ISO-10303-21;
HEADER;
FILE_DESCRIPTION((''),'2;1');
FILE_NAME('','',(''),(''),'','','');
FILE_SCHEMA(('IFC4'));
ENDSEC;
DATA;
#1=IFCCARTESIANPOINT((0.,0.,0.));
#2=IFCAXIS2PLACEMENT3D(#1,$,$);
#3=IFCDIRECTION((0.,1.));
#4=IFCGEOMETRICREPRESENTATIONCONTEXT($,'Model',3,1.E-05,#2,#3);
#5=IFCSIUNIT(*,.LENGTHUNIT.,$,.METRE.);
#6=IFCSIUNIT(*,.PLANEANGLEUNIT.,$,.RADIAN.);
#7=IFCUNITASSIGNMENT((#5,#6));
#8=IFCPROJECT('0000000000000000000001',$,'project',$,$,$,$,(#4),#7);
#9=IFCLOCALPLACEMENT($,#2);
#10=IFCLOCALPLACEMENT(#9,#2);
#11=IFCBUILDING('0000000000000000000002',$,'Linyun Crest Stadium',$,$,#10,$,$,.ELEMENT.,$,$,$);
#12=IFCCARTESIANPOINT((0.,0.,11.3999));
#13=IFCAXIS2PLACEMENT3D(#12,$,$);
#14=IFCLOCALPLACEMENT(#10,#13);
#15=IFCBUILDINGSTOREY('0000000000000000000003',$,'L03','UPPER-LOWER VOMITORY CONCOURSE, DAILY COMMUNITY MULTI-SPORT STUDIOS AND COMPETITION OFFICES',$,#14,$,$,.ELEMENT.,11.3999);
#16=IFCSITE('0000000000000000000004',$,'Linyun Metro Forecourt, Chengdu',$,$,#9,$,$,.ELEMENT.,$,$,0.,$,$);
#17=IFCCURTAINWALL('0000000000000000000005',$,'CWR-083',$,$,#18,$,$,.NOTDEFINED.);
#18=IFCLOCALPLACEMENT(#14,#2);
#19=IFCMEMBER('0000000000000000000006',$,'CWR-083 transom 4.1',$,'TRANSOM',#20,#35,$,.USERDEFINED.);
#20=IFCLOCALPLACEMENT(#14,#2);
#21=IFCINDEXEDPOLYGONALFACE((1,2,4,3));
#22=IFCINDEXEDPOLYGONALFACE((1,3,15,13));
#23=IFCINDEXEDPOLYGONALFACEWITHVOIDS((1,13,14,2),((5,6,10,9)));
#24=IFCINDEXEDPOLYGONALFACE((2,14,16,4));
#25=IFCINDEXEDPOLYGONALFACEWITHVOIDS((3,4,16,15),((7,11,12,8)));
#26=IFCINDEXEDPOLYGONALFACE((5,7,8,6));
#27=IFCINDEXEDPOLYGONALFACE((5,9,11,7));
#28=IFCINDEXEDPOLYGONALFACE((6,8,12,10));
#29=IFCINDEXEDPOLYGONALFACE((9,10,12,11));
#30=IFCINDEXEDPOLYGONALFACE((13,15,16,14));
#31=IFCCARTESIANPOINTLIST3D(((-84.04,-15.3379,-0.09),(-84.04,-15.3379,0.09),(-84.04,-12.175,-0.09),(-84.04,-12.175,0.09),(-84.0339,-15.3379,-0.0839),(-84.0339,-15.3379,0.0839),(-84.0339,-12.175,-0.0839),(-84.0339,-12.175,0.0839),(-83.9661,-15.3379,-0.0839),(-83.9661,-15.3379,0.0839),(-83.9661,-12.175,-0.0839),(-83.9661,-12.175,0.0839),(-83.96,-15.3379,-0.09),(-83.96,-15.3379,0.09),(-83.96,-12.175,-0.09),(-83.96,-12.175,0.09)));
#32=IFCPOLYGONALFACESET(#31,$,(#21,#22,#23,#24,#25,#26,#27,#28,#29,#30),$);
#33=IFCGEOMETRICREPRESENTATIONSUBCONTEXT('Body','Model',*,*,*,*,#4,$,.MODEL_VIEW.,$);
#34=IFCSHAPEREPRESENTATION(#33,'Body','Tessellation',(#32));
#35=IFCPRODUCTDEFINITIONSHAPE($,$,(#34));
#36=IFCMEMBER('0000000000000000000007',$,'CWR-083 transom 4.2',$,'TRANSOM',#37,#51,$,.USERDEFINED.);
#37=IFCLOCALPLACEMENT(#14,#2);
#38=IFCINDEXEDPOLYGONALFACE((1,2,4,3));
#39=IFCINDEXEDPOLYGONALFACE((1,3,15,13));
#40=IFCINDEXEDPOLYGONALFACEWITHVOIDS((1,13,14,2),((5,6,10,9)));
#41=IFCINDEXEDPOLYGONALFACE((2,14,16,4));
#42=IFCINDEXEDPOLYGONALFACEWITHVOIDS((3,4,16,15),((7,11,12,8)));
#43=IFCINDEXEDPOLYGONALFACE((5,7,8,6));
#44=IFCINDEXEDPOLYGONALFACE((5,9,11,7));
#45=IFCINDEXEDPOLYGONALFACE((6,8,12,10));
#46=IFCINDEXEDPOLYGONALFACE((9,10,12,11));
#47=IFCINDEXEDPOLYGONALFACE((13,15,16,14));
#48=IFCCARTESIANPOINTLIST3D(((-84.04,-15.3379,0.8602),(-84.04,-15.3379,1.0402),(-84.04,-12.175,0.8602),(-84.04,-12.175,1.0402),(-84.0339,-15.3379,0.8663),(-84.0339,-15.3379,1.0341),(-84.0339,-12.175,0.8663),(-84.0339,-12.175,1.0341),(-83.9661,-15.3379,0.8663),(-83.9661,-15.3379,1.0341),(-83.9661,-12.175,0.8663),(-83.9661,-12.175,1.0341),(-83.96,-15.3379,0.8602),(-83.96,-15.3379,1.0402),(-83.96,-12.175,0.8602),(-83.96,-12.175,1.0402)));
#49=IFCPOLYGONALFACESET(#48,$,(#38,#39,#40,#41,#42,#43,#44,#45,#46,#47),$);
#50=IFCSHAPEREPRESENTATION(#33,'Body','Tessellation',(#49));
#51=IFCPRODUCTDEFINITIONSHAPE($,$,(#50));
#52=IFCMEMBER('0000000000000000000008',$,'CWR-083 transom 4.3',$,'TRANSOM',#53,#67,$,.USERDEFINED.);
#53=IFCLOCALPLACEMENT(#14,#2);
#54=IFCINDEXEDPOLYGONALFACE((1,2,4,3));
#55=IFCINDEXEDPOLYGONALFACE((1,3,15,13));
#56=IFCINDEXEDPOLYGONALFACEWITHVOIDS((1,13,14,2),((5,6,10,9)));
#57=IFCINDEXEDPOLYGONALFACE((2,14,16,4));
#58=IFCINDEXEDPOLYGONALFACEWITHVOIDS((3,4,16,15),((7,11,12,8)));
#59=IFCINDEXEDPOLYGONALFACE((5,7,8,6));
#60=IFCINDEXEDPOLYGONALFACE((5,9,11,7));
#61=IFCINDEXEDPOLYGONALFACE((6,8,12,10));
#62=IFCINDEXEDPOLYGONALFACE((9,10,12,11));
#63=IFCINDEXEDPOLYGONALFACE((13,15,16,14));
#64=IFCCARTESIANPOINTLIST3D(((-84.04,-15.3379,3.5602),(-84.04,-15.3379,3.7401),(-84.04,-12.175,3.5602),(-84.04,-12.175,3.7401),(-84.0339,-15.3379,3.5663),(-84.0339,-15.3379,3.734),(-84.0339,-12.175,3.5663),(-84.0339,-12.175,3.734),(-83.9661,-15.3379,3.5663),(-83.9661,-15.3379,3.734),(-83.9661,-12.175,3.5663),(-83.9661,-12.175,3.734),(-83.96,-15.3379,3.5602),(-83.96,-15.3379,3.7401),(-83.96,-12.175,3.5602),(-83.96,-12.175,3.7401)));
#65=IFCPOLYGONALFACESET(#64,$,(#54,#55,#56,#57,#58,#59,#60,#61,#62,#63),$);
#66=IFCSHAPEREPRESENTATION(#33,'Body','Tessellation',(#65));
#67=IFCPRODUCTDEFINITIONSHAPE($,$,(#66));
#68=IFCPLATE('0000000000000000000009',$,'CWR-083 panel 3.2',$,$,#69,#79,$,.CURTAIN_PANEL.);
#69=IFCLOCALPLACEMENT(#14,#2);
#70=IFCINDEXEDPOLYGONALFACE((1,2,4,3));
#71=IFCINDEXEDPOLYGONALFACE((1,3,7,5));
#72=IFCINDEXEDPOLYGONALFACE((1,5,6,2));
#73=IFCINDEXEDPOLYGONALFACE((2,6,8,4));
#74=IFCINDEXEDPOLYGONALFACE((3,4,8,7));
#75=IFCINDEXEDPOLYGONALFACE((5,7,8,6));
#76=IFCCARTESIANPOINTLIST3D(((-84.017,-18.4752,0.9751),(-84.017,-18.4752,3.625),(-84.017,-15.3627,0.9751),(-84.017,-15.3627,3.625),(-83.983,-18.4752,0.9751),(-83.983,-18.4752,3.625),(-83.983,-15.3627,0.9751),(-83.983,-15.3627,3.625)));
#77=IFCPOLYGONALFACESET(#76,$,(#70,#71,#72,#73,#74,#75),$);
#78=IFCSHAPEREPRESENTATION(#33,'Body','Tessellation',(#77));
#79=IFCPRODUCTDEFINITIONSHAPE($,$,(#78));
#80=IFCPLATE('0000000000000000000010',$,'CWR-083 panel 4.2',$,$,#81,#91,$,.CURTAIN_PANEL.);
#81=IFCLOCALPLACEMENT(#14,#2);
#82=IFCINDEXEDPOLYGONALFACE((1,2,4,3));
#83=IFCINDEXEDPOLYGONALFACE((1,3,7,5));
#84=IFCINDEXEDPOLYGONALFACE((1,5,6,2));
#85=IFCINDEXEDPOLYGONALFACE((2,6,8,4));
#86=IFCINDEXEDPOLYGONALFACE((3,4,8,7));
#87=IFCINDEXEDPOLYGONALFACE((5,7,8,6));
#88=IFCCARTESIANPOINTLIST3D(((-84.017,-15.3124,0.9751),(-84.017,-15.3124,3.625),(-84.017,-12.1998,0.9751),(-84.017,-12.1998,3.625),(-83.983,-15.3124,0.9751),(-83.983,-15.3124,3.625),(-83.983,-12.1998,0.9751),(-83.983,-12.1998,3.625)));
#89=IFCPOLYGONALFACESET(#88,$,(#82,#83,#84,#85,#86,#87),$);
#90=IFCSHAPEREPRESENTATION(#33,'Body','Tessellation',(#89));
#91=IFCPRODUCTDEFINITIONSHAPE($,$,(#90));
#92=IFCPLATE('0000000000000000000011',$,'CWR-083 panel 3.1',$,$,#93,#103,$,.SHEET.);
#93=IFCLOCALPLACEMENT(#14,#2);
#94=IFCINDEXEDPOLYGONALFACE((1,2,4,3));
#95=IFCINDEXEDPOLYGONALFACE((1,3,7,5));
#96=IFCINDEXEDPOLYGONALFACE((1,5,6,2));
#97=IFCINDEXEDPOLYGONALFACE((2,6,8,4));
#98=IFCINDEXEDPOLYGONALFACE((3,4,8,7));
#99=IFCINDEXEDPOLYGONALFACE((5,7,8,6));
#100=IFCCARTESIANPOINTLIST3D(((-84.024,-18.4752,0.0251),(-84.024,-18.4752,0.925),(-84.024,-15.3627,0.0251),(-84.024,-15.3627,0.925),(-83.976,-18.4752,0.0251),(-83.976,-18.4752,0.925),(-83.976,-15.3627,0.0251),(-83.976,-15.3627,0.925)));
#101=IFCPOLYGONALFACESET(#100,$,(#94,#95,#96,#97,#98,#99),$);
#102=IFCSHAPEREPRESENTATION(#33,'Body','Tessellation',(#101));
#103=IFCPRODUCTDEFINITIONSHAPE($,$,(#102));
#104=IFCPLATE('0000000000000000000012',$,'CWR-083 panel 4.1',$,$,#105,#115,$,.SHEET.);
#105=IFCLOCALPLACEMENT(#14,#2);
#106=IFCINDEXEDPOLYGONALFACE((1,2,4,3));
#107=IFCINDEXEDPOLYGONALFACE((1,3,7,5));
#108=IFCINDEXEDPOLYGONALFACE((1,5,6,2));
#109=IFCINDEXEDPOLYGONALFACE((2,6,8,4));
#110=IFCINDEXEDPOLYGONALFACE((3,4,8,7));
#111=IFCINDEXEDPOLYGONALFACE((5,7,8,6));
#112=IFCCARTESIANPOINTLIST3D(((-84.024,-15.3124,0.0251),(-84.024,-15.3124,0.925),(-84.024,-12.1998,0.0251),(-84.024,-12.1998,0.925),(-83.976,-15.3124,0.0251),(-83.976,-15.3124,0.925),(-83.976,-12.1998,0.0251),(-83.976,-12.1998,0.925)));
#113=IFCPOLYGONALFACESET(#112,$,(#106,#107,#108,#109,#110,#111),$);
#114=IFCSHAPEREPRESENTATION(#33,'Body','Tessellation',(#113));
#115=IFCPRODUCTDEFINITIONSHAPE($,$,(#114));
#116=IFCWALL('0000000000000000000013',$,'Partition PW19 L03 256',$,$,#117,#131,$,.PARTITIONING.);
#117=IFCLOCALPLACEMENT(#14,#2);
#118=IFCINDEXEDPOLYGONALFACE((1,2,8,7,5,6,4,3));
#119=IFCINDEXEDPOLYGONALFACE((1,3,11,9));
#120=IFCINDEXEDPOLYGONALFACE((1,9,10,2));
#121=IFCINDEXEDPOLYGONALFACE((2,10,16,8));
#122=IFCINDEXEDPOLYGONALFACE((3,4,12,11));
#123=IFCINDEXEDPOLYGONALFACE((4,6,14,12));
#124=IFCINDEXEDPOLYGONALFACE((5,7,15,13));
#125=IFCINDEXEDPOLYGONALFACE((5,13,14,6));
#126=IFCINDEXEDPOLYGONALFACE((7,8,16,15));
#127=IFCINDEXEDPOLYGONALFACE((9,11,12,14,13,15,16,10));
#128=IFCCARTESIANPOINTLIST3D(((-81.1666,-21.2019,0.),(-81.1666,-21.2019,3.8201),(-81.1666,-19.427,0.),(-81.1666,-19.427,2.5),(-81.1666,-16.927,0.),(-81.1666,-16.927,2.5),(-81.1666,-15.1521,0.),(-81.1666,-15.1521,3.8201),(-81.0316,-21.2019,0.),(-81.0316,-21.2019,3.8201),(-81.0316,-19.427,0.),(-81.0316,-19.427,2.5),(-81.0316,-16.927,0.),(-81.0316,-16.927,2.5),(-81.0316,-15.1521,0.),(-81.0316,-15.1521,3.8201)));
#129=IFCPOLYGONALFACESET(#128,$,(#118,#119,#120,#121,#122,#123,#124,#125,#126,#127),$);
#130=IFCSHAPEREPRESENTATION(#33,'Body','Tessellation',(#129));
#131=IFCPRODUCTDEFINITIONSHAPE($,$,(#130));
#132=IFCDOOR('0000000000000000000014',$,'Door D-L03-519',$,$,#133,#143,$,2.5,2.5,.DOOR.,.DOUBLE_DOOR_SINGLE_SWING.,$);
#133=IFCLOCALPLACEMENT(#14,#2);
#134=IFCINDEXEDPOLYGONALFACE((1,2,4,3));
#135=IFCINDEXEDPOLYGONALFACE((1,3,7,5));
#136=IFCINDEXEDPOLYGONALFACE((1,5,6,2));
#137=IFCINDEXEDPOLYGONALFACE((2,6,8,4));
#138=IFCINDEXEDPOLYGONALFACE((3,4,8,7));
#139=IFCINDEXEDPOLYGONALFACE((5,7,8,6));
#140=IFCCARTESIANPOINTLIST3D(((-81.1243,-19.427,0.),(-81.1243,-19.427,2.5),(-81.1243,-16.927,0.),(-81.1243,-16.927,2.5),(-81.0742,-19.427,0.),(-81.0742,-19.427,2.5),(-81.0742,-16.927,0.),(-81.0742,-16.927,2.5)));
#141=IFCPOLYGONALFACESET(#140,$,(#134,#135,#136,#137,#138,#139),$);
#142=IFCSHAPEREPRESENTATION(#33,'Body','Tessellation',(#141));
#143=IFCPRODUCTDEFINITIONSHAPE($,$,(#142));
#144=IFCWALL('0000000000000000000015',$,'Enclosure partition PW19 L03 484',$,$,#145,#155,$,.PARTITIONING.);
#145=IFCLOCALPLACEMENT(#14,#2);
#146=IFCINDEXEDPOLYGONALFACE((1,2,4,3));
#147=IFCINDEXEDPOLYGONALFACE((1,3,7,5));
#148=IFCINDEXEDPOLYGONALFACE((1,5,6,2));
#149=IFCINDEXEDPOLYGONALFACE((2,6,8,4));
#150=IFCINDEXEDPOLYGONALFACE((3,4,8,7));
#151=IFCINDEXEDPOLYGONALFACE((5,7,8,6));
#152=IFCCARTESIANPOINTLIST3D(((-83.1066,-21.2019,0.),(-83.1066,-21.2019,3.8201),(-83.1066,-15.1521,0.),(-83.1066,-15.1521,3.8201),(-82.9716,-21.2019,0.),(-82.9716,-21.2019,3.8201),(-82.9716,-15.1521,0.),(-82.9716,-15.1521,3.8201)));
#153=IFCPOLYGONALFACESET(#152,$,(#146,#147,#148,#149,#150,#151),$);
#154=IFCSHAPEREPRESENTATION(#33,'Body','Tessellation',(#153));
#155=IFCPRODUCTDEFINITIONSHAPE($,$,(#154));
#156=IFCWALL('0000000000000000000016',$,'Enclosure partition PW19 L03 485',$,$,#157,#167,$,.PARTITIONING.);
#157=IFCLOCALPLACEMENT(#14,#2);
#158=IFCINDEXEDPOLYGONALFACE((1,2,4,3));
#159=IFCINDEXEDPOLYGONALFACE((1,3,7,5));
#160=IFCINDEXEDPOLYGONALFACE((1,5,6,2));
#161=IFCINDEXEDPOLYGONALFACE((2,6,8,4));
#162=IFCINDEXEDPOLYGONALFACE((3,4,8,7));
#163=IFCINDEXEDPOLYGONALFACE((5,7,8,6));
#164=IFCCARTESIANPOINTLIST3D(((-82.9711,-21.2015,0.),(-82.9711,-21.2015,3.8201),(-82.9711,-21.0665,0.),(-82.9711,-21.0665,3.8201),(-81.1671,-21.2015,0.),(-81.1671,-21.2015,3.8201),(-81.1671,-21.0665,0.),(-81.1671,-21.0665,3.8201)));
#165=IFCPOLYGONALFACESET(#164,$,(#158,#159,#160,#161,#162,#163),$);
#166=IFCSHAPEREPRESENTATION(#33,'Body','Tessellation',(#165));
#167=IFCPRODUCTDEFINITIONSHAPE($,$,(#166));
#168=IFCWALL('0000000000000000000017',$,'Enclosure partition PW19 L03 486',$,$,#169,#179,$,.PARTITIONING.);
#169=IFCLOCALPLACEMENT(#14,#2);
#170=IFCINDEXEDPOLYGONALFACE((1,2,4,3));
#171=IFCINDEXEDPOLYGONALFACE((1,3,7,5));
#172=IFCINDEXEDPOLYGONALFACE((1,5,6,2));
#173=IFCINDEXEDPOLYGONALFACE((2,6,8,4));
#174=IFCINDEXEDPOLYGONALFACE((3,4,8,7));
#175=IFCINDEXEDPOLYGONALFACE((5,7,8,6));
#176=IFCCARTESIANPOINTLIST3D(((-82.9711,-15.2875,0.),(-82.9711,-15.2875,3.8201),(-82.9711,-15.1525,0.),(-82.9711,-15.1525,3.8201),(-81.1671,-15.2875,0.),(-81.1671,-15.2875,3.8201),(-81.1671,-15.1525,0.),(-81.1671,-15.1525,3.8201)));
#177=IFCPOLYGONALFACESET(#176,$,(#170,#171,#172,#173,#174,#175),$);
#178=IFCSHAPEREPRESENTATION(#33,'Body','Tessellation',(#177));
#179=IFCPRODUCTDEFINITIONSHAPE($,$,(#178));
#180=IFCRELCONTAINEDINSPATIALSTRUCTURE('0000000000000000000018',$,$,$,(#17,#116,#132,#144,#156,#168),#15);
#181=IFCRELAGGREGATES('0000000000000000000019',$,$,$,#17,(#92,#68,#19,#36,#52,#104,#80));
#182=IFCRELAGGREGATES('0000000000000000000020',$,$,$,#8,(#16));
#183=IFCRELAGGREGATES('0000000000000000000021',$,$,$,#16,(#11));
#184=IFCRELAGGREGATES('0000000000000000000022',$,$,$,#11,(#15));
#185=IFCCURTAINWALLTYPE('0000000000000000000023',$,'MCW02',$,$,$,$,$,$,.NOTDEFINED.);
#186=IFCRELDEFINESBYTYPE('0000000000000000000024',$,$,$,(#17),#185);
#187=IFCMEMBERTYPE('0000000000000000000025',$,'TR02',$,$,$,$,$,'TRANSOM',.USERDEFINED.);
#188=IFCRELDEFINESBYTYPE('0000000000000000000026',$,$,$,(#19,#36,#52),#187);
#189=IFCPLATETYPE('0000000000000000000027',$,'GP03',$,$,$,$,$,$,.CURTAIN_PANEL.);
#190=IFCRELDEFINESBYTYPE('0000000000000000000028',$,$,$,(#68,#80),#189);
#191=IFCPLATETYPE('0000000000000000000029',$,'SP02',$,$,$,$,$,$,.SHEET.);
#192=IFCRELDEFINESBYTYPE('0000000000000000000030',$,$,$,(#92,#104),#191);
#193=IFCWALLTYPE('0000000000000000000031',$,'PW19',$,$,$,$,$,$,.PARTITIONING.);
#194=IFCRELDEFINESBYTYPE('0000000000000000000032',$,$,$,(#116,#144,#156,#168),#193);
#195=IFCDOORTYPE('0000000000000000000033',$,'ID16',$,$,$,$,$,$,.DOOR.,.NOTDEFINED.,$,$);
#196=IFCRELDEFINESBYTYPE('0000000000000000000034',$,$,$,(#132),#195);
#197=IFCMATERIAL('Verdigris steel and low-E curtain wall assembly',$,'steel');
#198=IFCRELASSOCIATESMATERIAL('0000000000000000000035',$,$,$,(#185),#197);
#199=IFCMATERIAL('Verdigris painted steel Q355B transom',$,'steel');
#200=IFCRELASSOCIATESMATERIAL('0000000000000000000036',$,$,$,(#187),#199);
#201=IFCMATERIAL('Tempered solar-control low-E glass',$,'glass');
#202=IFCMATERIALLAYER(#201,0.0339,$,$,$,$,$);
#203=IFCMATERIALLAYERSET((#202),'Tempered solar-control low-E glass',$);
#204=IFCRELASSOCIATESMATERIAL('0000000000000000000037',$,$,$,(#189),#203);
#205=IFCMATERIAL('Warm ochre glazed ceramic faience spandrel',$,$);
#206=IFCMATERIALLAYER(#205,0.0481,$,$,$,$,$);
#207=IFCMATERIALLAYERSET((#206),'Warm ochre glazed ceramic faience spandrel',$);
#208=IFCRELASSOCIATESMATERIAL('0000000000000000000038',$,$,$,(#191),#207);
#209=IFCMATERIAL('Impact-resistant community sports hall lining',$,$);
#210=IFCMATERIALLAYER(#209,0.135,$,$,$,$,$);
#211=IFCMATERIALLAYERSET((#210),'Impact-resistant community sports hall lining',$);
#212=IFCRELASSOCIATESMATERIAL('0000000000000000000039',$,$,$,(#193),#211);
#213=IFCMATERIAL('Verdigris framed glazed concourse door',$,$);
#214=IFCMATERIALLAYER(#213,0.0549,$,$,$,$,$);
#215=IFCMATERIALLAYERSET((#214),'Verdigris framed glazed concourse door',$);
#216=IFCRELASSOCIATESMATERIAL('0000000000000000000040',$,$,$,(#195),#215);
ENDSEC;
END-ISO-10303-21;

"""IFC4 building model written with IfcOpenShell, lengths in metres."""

from ifc_helpers import new_model, si_unit, direction, frame, frame_2d, origin, origin_2d, place, context, subcontext, project, spatial, rectangle, hollow_rectangle, extrude, material, layer, layer_set, material_profile, profile_set, type_object, element, fill, aggregate, save


model = new_model("IFC4")

# Units and contexts
model_context = context("Model", 3, precision=1e-05, world=origin(), true_north=direction((0.0, 1.0)))
body_context = subcontext(model_context, "Body", "Model", "MODEL_VIEW")
ifc_project = project(units=[si_unit("LENGTHUNIT", "METRE"), si_unit("PLANEANGLEUNIT", "RADIAN")], contexts=[model_context])

# Site, building, storey
site_placement = place(None, origin())
site = spatial("IfcSite", under=ifc_project, at=site_placement, Name="Linyun Metro Forecourt, Chengdu", CompositionType="ELEMENT", RefElevation=0.0)
building_placement = place(site_placement, origin())
building = spatial("IfcBuilding", under=site, at=building_placement, Name="Linyun Crest Stadium", CompositionType="ELEMENT")
storey_placement = place(building_placement, frame((0.0, 0.0, 11.3999)))
storey = spatial("IfcBuildingStorey", under=building, at=storey_placement, Name="L03", Description="UPPER-LOWER VOMITORY CONCOURSE, DAILY COMMUNITY MULTI-SPORT STUDIOS AND COMPETITION OFFICES", CompositionType="ELEMENT", Elevation=11.3999)

# Curtain wall, members, plates
ifc_material_1 = material(Name="Verdigris steel and low-E curtain wall assembly", Category="steel")
curtain_wall_type = type_object("IfcCurtainWallType", Name="MCW02", PredefinedType="NOTDEFINED", material=ifc_material_1)
curtain_wall_placement = place(storey_placement, origin())
curtain_wall = element("IfcCurtainWall", 1, at=curtain_wall_placement, inside=storey, type_object=curtain_wall_type, Name="CWR-083", PredefinedType="NOTDEFINED")
ifc_material_2 = material(Name="Verdigris painted steel Q355B transom", Category="steel")
ifc_material_profile_1 = material_profile(ifc_material_2, hollow_rectangle(XDim=0.0801, YDim=0.1799, WallThickness=0.0061, at=origin_2d()), Name="RHS 180x80x6")
ifc_profile_set_1 = profile_set([ifc_material_profile_1], Name="Verdigris painted steel Q355B transom")
member_type_1 = type_object("IfcMemberType", Name="TR02", ElementType="TRANSOM", PredefinedType="USERDEFINED", material=ifc_profile_set_1)
member_1_placement = place(storey_placement, frame((-84.0, -15.3379, 0.0), z_axis=(0.0, 1.0, 0.0), x_axis=(-1.0, 0.0, 0.0)))
member_1 = element("IfcMember", 2, at=member_1_placement, type_object=member_type_1, Name="CWR-083 transom 4.1", ObjectType="TRANSOM", PredefinedType="USERDEFINED", context=body_context, shape_type="SweptSolid", body=[
    extrude(hollow_rectangle(XDim=0.0801, YDim=0.1799, WallThickness=0.0061, at=origin_2d()), origin(), (0.0, 0.0, 1.0), 3.1628),
])
member_2_placement = place(storey_placement, frame((-84.0, -15.3379, 0.9502), z_axis=(0.0, 1.0, 0.0), x_axis=(-1.0, 0.0, 0.0)))
member_2 = element("IfcMember", 3, at=member_2_placement, type_object=member_type_1, Name="CWR-083 transom 4.2", ObjectType="TRANSOM", PredefinedType="USERDEFINED", context=body_context, shape_type="SweptSolid", body=[
    extrude(hollow_rectangle(XDim=0.0801, YDim=0.1799, WallThickness=0.0061, at=origin_2d()), origin(), (0.0, 0.0, 1.0), 3.1628),
])
member_3_placement = place(storey_placement, frame((-84.0, -15.3379, 3.6501), z_axis=(0.0, 1.0, 0.0), x_axis=(-1.0, 0.0, 0.0)))
member_3 = element("IfcMember", 4, at=member_3_placement, type_object=member_type_1, Name="CWR-083 transom 4.3", ObjectType="TRANSOM", PredefinedType="USERDEFINED", context=body_context, shape_type="SweptSolid", body=[
    extrude(hollow_rectangle(XDim=0.0801, YDim=0.1799, WallThickness=0.0061, at=origin_2d()), origin(), (0.0, 0.0, 1.0), 3.1628),
])
ifc_material_3 = material(Name="Tempered solar-control low-E glass", Category="glass")
ifc_layer_1 = layer(ifc_material_3, 0.0339)
ifc_layer_set_1 = layer_set([ifc_layer_1], Name="Tempered solar-control low-E glass")
plate_type_1 = type_object("IfcPlateType", Name="GP03", PredefinedType="CURTAIN_PANEL", material=ifc_layer_set_1)
plate_1_placement = place(storey_placement, frame((-84.0, -16.9189, 0.9751), z_axis=(0.0, 0.0, 1.0), x_axis=(0.0, 1.0, 0.0)))
plate_1 = element("IfcPlate", 5, at=plate_1_placement, type_object=plate_type_1, Name="CWR-083 panel 3.2", PredefinedType="CURTAIN_PANEL", context=body_context, shape_type="SweptSolid", body=[
    extrude(rectangle(XDim=3.1125, YDim=0.0339, at=origin_2d()), origin(), (0.0, 0.0, 1.0), 2.6499),
])
plate_2_placement = place(storey_placement, frame((-84.0, -13.7561, 0.9751), z_axis=(0.0, 0.0, 1.0), x_axis=(0.0, 1.0, 0.0)))
plate_2 = element("IfcPlate", 6, at=plate_2_placement, type_object=plate_type_1, Name="CWR-083 panel 4.2", PredefinedType="CURTAIN_PANEL", context=body_context, shape_type="SweptSolid", body=[
    extrude(rectangle(XDim=3.1125, YDim=0.0339, at=origin_2d()), origin(), (0.0, 0.0, 1.0), 2.6499),
])
ifc_material_4 = material(Name="Warm ochre glazed ceramic faience spandrel")
ifc_layer_2 = layer(ifc_material_4, 0.0481)
ifc_layer_set_2 = layer_set([ifc_layer_2], Name="Warm ochre glazed ceramic faience spandrel")
plate_type_2 = type_object("IfcPlateType", Name="SP02", PredefinedType="SHEET", material=ifc_layer_set_2)
plate_3_placement = place(storey_placement, frame((-84.0, -16.9189, 0.0251), z_axis=(0.0, 0.0, 1.0), x_axis=(0.0, 1.0, 0.0)))
plate_3 = element("IfcPlate", 7, at=plate_3_placement, type_object=plate_type_2, Name="CWR-083 panel 3.1", PredefinedType="SHEET", context=body_context, shape_type="SweptSolid", body=[
    extrude(rectangle(XDim=3.1125, YDim=0.0481, at=origin_2d()), origin(), (0.0, 0.0, 1.0), 0.8999),
])
plate_4_placement = place(storey_placement, frame((-84.0, -13.7561, 0.0251), z_axis=(0.0, 0.0, 1.0), x_axis=(0.0, 1.0, 0.0)))
plate_4 = element("IfcPlate", 8, at=plate_4_placement, type_object=plate_type_2, Name="CWR-083 panel 4.1", PredefinedType="SHEET", context=body_context, shape_type="SweptSolid", body=[
    extrude(rectangle(XDim=3.1125, YDim=0.0481, at=origin_2d()), origin(), (0.0, 0.0, 1.0), 0.8999),
])
aggregate(curtain_wall, [plate_3, plate_1, member_1, member_2, member_3, plate_4, plate_2])

# Wall, opening, door
ifc_material_5 = material(Name="Impact-resistant community sports hall lining")
ifc_layer_3 = layer(ifc_material_5, 0.135)
ifc_layer_set_3 = layer_set([ifc_layer_3], Name="Impact-resistant community sports hall lining")
wall_type_1 = type_object("IfcWallType", Name="PW19", PredefinedType="PARTITIONING", material=ifc_layer_set_3)
wall_1_placement = place(storey_placement, frame((-81.0991, -15.1521, 0.0), z_axis=(0.0, 0.0, 1.0), x_axis=(0.0, -1.0, 0.0)))
wall_1 = element("IfcWall", 9, at=wall_1_placement, inside=storey, type_object=wall_type_1, Name="Partition PW19 L03 256", PredefinedType="PARTITIONING", context=body_context, shape_type="SweptSolid", body=[
    extrude(rectangle(XDim=6.0498, YDim=0.135, at=frame_2d((3.0249, 0.0))), origin(), (0.0, 0.0, 1.0), 3.8201),
])
opening_placement = place(wall_1_placement, frame((1.7749, 0.0, 0.0)))
opening = element("IfcOpeningElement", 10, at=opening_placement, cuts=wall_1, PredefinedType="OPENING", context=body_context, shape_type="SweptSolid", body=[
    extrude(rectangle(XDim=2.5, YDim=2.5, at=frame_2d((1.25, 1.25))), frame((0.0, 0.0774, 0.0), z_axis=(0.0, -1.0, 0.0), x_axis=(1.0, 0.0, 0.0)), (0.0, 0.0, 1.0), 0.155),
])
ifc_material_6 = material(Name="Verdigris framed glazed concourse door")
ifc_layer_4 = layer(ifc_material_6, 0.0549)
ifc_layer_set_4 = layer_set([ifc_layer_4], Name="Verdigris framed glazed concourse door")
door_type = type_object("IfcDoorType", Name="ID16", OperationType="NOTDEFINED", PredefinedType="DOOR", material=ifc_layer_set_4)
door_placement = place(opening_placement, origin())
door = element("IfcDoor", 11, at=door_placement, inside=storey, type_object=door_type, Name="Door D-L03-519", OperationType="DOUBLE_DOOR_SINGLE_SWING", OverallHeight=2.5, OverallWidth=2.5, PredefinedType="DOOR", context=body_context, shape_type="SweptSolid", body=[
    extrude(rectangle(XDim=2.5, YDim=2.5, at=frame_2d((1.25, 1.25))), frame((0.0, 0.0249, 0.0), z_axis=(0.0, -1.0, 0.0), x_axis=(1.0, 0.0, 0.0)), (0.0, 0.0, 1.0), 0.05),
])
fill(opening, door)

# Walls
wall_2_placement = place(storey_placement, frame((-83.0391, -21.2019, 0.0), z_axis=(0.0, 0.0, 1.0), x_axis=(0.0, 1.0, 0.0)))
element("IfcWall", 12, at=wall_2_placement, inside=storey, type_object=wall_type_1, Name="Enclosure partition PW19 L03 484", PredefinedType="PARTITIONING", context=body_context, shape_type="SweptSolid", body=[
    extrude(rectangle(XDim=6.0498, YDim=0.135, at=frame_2d((3.0249, 0.0))), origin(), (0.0, 0.0, 1.0), 3.8201),
])
for number, where, z_axis, x_axis, name in (
    (13, (-82.9709, -21.134, 0.0), (0.0, 0.0, 1.0), (1.0, 0.0, 0.0), "Enclosure partition PW19 L03 485"),
    (14, (-82.9709, -15.22, 0.0), (0.0, 0.0, 1.0), (1.0, 0.0, 0.0), "Enclosure partition PW19 L03 486"),
):
    element("IfcWall", number, at=place(storey_placement, frame(where, z_axis=z_axis, x_axis=x_axis)), inside=storey, type_object=wall_type_1, Name=name, PredefinedType="PARTITIONING", context=body_context, shape_type="SweptSolid", body=[
        extrude(rectangle(XDim=1.804, YDim=0.135, at=frame_2d((0.9019, 0.0))), origin(), (0.0, 0.0, 1.0), 3.8201),
    ])

save(model, "model.ifc")
